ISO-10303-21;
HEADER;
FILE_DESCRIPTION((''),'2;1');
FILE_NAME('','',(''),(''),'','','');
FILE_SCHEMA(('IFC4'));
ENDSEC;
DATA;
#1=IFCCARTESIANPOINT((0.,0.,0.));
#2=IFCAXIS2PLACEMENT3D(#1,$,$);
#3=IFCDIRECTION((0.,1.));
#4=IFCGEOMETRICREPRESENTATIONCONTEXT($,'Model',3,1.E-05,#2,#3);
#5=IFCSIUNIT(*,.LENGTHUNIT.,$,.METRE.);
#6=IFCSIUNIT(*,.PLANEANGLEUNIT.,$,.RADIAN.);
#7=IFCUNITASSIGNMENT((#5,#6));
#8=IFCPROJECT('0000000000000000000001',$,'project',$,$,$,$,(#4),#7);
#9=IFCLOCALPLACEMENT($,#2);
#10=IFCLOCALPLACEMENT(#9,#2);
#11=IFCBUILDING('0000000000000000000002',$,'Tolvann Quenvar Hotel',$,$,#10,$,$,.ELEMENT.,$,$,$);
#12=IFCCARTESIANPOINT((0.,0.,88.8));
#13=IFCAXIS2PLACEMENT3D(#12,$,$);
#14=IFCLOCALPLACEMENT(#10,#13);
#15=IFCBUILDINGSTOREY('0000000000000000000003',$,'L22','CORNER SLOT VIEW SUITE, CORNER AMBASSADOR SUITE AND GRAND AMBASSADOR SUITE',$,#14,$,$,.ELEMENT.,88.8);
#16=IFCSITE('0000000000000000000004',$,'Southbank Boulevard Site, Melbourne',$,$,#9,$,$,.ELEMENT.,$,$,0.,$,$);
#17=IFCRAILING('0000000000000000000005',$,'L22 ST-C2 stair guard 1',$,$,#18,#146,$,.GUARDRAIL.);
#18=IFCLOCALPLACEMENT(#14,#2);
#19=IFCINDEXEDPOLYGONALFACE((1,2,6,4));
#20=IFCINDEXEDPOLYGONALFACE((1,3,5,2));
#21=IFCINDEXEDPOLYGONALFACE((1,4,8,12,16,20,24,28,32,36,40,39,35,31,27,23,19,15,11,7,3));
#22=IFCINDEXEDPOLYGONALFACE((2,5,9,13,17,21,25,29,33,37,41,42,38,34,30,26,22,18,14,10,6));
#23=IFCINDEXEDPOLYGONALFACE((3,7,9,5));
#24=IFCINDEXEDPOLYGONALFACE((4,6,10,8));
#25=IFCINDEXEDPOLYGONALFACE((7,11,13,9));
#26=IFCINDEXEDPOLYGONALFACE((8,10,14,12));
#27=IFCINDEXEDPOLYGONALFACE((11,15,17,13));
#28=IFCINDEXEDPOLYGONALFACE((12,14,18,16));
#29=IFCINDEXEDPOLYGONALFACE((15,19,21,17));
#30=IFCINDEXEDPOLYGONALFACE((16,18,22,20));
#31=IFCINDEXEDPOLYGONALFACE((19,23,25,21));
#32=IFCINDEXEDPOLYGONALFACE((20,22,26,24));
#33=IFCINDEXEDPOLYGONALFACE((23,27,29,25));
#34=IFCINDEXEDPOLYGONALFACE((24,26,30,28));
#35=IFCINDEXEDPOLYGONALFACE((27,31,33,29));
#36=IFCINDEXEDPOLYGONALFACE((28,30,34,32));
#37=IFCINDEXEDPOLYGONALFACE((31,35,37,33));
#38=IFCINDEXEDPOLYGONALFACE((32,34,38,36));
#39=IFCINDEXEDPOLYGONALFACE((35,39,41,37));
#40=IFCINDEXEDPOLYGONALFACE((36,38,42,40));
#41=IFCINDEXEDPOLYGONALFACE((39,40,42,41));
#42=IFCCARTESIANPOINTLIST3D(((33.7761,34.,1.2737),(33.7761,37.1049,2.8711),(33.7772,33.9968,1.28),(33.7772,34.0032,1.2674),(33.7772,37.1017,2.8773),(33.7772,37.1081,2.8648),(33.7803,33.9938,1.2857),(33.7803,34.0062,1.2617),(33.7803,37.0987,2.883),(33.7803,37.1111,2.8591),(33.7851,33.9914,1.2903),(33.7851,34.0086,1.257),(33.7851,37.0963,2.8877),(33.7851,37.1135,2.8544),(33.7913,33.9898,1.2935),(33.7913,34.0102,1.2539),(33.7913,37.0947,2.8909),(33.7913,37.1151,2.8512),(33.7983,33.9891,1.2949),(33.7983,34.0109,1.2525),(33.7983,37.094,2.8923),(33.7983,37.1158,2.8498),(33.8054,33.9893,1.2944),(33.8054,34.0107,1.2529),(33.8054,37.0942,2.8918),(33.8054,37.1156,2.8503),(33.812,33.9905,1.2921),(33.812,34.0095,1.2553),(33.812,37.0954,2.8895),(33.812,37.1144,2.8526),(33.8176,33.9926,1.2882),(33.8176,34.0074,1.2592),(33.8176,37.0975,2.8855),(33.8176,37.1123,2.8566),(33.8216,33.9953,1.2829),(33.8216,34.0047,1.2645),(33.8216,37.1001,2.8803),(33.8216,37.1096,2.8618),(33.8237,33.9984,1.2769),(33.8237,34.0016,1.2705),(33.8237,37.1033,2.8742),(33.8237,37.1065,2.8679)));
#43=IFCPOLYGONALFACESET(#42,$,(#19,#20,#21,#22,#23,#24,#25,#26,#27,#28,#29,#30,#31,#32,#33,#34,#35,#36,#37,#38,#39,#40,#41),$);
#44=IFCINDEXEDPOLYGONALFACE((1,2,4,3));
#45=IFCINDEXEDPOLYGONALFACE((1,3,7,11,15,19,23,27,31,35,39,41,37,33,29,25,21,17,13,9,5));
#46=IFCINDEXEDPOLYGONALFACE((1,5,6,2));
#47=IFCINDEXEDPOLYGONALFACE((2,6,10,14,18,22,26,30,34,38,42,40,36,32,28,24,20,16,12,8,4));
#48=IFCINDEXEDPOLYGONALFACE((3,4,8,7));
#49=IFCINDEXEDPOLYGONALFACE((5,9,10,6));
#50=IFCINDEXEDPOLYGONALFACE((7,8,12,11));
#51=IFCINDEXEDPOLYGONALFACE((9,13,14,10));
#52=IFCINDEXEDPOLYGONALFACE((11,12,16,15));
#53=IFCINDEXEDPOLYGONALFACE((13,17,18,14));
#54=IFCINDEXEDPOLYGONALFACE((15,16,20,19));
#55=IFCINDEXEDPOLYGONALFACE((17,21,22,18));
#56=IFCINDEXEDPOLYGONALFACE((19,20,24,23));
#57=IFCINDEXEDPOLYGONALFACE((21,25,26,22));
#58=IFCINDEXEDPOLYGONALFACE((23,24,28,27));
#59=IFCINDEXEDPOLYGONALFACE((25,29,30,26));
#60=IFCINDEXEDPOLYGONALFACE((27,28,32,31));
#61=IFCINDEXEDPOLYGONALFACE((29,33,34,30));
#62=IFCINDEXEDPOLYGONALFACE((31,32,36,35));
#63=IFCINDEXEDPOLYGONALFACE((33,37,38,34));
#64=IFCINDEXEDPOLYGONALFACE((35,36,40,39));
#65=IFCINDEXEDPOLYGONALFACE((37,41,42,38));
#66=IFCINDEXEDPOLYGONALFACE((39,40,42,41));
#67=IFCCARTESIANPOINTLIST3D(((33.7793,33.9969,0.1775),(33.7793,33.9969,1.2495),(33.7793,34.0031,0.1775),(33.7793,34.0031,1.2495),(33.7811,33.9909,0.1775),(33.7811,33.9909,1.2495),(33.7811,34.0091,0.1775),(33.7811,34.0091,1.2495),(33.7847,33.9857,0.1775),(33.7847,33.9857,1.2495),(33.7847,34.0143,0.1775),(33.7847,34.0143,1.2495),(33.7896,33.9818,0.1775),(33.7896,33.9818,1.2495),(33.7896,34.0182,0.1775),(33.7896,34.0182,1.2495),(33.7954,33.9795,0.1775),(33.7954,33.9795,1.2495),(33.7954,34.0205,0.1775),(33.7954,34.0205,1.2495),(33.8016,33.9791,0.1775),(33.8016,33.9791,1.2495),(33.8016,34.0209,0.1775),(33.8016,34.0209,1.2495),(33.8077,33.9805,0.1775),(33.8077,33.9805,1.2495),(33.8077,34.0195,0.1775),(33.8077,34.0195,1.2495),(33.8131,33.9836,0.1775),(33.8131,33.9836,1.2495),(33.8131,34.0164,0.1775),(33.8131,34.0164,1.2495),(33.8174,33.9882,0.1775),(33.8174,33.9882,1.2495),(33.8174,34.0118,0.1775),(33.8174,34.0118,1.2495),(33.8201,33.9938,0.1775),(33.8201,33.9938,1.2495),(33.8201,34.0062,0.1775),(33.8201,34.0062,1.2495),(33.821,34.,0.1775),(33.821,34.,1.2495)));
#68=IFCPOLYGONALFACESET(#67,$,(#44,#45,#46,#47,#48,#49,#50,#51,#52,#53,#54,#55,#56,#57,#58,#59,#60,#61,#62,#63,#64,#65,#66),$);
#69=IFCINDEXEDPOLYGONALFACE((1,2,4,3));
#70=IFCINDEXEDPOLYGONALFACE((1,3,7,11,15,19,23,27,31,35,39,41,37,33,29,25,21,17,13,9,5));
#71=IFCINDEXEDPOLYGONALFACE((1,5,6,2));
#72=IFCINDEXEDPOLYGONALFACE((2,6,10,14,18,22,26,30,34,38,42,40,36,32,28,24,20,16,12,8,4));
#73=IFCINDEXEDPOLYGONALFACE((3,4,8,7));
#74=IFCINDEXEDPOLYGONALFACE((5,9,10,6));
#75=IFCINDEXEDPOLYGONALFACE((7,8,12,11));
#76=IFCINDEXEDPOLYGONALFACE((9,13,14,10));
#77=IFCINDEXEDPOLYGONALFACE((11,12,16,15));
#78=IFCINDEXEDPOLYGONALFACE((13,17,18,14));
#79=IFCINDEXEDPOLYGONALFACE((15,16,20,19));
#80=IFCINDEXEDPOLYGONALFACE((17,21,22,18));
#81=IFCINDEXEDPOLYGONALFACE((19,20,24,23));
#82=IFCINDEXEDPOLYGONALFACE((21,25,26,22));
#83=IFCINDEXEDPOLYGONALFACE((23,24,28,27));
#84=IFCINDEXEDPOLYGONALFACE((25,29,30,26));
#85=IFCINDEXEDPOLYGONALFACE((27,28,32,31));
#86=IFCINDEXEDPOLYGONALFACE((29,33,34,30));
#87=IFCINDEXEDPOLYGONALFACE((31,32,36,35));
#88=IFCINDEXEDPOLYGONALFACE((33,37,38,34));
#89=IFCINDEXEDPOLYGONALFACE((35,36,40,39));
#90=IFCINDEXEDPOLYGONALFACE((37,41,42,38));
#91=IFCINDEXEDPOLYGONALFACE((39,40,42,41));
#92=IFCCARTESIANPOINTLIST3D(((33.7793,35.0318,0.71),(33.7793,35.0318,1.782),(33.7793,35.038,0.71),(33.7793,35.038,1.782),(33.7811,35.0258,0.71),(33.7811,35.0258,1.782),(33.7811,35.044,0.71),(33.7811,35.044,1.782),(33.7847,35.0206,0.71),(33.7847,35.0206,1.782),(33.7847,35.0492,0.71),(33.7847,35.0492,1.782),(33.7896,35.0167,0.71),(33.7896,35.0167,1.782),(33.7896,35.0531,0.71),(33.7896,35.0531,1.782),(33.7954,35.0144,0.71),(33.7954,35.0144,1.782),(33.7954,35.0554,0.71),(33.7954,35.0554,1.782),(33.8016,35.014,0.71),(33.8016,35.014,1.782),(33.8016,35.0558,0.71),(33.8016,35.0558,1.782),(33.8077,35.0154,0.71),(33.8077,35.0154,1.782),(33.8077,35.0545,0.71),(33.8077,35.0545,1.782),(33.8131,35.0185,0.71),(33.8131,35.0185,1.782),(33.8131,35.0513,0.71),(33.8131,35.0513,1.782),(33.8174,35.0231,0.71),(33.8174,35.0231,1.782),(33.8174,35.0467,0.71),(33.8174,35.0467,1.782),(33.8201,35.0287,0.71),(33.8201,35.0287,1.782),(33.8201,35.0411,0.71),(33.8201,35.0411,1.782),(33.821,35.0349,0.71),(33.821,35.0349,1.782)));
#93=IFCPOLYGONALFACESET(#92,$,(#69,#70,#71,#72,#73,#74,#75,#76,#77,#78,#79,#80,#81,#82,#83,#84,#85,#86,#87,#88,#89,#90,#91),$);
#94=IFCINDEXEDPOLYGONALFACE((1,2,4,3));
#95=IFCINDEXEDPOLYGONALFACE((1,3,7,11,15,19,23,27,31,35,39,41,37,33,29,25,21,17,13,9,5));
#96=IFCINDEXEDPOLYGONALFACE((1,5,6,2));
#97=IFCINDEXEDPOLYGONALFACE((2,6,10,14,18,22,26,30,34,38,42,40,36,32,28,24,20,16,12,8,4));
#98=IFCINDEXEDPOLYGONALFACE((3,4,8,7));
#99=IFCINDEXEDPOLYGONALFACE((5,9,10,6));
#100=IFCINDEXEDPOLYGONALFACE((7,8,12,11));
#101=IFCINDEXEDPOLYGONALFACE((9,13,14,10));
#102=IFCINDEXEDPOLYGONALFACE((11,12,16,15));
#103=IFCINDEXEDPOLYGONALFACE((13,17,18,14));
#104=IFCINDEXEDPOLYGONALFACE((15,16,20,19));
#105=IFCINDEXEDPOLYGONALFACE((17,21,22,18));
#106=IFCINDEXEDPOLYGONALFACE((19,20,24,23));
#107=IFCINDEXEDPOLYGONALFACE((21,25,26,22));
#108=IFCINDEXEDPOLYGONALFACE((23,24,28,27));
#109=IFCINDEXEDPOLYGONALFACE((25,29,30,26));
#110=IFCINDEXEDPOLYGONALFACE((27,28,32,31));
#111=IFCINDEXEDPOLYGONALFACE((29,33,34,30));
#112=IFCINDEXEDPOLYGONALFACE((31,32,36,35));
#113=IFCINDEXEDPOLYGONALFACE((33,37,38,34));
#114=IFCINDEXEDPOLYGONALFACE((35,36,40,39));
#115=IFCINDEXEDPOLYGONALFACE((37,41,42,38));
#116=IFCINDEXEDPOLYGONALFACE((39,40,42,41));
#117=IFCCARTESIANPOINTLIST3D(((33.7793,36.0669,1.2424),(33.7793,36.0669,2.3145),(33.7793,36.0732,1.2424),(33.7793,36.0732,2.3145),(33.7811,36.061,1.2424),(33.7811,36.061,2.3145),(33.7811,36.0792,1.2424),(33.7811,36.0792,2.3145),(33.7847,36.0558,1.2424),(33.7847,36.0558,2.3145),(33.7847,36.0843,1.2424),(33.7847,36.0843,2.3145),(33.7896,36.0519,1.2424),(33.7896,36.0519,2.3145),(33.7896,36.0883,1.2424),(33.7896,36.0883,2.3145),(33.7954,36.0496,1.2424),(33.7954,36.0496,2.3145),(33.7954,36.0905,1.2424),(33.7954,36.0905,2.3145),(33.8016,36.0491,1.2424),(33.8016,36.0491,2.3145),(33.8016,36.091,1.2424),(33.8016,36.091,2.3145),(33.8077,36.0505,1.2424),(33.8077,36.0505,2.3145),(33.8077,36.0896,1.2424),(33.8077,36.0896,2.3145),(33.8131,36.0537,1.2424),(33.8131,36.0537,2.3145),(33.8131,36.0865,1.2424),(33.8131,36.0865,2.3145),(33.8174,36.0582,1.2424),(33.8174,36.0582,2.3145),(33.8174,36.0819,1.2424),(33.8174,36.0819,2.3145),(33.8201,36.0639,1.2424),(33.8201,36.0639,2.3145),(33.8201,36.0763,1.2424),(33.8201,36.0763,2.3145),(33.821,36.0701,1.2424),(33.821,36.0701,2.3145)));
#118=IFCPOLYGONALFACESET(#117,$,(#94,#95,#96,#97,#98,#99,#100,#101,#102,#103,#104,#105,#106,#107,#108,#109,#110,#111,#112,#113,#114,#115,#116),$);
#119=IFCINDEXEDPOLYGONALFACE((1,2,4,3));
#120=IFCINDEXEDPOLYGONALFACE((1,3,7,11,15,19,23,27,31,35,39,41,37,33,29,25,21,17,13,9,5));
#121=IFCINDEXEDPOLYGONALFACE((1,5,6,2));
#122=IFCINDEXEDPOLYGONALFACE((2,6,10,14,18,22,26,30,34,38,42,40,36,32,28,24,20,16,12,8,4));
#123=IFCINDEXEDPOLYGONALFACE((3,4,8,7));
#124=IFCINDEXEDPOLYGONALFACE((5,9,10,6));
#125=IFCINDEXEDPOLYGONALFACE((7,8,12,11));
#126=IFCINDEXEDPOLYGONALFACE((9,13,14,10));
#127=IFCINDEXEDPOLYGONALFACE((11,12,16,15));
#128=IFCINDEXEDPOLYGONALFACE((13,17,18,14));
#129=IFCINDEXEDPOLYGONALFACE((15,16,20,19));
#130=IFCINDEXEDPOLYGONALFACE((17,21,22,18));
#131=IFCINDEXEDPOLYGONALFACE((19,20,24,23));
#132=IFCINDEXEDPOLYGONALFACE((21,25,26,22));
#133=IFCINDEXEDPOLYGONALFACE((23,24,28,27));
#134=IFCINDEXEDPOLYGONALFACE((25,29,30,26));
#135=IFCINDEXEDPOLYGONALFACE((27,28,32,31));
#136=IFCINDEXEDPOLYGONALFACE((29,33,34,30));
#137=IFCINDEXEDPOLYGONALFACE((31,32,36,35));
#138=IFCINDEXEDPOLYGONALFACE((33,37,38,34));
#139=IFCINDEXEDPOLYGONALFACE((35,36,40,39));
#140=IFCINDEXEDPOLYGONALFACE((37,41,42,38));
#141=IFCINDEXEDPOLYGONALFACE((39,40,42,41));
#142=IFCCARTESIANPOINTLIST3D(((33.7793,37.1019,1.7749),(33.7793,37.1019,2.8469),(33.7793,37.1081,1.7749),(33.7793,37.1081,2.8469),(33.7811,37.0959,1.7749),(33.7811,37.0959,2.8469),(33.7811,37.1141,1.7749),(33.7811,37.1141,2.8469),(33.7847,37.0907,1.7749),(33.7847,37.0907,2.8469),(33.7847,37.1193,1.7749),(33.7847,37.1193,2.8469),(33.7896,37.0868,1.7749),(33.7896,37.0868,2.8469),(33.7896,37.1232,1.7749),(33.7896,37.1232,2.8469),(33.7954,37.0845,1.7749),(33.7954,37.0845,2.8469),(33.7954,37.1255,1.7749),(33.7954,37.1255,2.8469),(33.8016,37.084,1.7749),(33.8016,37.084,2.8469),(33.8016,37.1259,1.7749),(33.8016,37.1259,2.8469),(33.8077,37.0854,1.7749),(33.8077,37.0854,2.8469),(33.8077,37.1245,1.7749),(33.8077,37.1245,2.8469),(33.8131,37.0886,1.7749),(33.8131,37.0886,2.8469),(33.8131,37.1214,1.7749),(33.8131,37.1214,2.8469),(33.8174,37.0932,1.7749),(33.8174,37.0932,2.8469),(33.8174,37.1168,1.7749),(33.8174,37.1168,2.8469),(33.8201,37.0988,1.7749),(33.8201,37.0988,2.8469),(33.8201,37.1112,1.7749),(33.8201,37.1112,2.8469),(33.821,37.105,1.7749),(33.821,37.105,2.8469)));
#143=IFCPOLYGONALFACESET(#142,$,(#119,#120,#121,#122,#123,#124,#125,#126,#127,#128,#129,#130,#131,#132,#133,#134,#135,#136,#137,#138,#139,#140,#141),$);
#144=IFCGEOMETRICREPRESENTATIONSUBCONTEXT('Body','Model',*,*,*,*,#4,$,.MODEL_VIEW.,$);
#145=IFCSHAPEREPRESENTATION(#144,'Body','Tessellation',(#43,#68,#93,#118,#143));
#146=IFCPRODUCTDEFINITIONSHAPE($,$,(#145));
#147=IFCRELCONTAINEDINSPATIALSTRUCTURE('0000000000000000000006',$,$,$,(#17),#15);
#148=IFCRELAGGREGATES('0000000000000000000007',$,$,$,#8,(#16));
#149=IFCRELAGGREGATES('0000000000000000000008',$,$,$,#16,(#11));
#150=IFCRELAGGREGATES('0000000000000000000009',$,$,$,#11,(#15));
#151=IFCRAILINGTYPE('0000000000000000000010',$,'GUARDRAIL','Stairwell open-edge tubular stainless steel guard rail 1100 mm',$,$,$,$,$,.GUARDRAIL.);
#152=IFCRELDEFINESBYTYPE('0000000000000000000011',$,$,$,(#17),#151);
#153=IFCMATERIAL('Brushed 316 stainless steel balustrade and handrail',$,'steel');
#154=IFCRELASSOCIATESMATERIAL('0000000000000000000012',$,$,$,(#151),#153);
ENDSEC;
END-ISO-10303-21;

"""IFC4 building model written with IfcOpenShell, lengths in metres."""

from ifc_helpers import new_model, si_unit, direction, frame, origin, origin_2d, place, context, subcontext, project, spatial, circle, extrude, material, type_object, element, save


model = new_model("IFC4")

# Units and contexts
model_context = context("Model", 3, precision=1e-05, world=origin(), true_north=direction((0.0, 1.0)))
body_context = subcontext(model_context, "Body", "Model", "MODEL_VIEW")
ifc_project = project(units=[si_unit("LENGTHUNIT", "METRE"), si_unit("PLANEANGLEUNIT", "RADIAN")], contexts=[model_context])

# Site, building, storey
site_placement = place(None, origin())
site = spatial("IfcSite", under=ifc_project, at=site_placement, Name="Southbank Boulevard Site, Melbourne", CompositionType="ELEMENT", RefElevation=0.0)
building_placement = place(site_placement, origin())
building = spatial("IfcBuilding", under=site, at=building_placement, Name="Tolvann Quenvar Hotel", CompositionType="ELEMENT")
storey_placement = place(building_placement, frame((0.0, 0.0, 88.8)))
storey = spatial("IfcBuildingStorey", under=building, at=storey_placement, Name="L22", Description="CORNER SLOT VIEW SUITE, CORNER AMBASSADOR SUITE AND GRAND AMBASSADOR SUITE", CompositionType="ELEMENT", Elevation=88.8)

# Railing
ifc_material_1 = material(Name="Brushed 316 stainless steel balustrade and handrail", Category="steel")
railing_type_1 = type_object("IfcRailingType", Name="GUARDRAIL", Description="Stairwell open-edge tubular stainless steel guard rail 1100 mm", PredefinedType="GUARDRAIL", material=ifc_material_1)
railing_1_placement = place(storey_placement, frame((33.8, 34.0, 0.1775)))
element("IfcRailing", 1, at=railing_1_placement, inside=storey, type_object=railing_type_1, Name="L22 ST-C2 stair guard 1", PredefinedType="GUARDRAIL", context=body_context, shape_type="SweptSolid", body=[
    extrude(circle(Radius=0.0239, at=origin_2d()), frame((0.0, 0.0, 1.0962), z_axis=(0.0, 0.889222, 0.457476), x_axis=(-1.0, 0.0, 0.0)), (0.0, 0.0, 1.0), 3.4917),
    extrude(circle(Radius=0.021, at=origin_2d()), origin(), (0.0, 0.0, 1.0), 1.072),
    extrude(circle(Radius=0.021, at=origin_2d()), frame((0.0, 1.0349, 0.5325)), (0.0, 0.0, 1.0), 1.072),
    extrude(circle(Radius=0.021, at=origin_2d()), frame((0.0, 2.0701, 1.0649)), (0.0, 0.0, 1.0), 1.072),
    extrude(circle(Radius=0.021, at=origin_2d()), frame((0.0, 3.105, 1.5974)), (0.0, 0.0, 1.0), 1.072),
])

save(model, "model.ifc")
